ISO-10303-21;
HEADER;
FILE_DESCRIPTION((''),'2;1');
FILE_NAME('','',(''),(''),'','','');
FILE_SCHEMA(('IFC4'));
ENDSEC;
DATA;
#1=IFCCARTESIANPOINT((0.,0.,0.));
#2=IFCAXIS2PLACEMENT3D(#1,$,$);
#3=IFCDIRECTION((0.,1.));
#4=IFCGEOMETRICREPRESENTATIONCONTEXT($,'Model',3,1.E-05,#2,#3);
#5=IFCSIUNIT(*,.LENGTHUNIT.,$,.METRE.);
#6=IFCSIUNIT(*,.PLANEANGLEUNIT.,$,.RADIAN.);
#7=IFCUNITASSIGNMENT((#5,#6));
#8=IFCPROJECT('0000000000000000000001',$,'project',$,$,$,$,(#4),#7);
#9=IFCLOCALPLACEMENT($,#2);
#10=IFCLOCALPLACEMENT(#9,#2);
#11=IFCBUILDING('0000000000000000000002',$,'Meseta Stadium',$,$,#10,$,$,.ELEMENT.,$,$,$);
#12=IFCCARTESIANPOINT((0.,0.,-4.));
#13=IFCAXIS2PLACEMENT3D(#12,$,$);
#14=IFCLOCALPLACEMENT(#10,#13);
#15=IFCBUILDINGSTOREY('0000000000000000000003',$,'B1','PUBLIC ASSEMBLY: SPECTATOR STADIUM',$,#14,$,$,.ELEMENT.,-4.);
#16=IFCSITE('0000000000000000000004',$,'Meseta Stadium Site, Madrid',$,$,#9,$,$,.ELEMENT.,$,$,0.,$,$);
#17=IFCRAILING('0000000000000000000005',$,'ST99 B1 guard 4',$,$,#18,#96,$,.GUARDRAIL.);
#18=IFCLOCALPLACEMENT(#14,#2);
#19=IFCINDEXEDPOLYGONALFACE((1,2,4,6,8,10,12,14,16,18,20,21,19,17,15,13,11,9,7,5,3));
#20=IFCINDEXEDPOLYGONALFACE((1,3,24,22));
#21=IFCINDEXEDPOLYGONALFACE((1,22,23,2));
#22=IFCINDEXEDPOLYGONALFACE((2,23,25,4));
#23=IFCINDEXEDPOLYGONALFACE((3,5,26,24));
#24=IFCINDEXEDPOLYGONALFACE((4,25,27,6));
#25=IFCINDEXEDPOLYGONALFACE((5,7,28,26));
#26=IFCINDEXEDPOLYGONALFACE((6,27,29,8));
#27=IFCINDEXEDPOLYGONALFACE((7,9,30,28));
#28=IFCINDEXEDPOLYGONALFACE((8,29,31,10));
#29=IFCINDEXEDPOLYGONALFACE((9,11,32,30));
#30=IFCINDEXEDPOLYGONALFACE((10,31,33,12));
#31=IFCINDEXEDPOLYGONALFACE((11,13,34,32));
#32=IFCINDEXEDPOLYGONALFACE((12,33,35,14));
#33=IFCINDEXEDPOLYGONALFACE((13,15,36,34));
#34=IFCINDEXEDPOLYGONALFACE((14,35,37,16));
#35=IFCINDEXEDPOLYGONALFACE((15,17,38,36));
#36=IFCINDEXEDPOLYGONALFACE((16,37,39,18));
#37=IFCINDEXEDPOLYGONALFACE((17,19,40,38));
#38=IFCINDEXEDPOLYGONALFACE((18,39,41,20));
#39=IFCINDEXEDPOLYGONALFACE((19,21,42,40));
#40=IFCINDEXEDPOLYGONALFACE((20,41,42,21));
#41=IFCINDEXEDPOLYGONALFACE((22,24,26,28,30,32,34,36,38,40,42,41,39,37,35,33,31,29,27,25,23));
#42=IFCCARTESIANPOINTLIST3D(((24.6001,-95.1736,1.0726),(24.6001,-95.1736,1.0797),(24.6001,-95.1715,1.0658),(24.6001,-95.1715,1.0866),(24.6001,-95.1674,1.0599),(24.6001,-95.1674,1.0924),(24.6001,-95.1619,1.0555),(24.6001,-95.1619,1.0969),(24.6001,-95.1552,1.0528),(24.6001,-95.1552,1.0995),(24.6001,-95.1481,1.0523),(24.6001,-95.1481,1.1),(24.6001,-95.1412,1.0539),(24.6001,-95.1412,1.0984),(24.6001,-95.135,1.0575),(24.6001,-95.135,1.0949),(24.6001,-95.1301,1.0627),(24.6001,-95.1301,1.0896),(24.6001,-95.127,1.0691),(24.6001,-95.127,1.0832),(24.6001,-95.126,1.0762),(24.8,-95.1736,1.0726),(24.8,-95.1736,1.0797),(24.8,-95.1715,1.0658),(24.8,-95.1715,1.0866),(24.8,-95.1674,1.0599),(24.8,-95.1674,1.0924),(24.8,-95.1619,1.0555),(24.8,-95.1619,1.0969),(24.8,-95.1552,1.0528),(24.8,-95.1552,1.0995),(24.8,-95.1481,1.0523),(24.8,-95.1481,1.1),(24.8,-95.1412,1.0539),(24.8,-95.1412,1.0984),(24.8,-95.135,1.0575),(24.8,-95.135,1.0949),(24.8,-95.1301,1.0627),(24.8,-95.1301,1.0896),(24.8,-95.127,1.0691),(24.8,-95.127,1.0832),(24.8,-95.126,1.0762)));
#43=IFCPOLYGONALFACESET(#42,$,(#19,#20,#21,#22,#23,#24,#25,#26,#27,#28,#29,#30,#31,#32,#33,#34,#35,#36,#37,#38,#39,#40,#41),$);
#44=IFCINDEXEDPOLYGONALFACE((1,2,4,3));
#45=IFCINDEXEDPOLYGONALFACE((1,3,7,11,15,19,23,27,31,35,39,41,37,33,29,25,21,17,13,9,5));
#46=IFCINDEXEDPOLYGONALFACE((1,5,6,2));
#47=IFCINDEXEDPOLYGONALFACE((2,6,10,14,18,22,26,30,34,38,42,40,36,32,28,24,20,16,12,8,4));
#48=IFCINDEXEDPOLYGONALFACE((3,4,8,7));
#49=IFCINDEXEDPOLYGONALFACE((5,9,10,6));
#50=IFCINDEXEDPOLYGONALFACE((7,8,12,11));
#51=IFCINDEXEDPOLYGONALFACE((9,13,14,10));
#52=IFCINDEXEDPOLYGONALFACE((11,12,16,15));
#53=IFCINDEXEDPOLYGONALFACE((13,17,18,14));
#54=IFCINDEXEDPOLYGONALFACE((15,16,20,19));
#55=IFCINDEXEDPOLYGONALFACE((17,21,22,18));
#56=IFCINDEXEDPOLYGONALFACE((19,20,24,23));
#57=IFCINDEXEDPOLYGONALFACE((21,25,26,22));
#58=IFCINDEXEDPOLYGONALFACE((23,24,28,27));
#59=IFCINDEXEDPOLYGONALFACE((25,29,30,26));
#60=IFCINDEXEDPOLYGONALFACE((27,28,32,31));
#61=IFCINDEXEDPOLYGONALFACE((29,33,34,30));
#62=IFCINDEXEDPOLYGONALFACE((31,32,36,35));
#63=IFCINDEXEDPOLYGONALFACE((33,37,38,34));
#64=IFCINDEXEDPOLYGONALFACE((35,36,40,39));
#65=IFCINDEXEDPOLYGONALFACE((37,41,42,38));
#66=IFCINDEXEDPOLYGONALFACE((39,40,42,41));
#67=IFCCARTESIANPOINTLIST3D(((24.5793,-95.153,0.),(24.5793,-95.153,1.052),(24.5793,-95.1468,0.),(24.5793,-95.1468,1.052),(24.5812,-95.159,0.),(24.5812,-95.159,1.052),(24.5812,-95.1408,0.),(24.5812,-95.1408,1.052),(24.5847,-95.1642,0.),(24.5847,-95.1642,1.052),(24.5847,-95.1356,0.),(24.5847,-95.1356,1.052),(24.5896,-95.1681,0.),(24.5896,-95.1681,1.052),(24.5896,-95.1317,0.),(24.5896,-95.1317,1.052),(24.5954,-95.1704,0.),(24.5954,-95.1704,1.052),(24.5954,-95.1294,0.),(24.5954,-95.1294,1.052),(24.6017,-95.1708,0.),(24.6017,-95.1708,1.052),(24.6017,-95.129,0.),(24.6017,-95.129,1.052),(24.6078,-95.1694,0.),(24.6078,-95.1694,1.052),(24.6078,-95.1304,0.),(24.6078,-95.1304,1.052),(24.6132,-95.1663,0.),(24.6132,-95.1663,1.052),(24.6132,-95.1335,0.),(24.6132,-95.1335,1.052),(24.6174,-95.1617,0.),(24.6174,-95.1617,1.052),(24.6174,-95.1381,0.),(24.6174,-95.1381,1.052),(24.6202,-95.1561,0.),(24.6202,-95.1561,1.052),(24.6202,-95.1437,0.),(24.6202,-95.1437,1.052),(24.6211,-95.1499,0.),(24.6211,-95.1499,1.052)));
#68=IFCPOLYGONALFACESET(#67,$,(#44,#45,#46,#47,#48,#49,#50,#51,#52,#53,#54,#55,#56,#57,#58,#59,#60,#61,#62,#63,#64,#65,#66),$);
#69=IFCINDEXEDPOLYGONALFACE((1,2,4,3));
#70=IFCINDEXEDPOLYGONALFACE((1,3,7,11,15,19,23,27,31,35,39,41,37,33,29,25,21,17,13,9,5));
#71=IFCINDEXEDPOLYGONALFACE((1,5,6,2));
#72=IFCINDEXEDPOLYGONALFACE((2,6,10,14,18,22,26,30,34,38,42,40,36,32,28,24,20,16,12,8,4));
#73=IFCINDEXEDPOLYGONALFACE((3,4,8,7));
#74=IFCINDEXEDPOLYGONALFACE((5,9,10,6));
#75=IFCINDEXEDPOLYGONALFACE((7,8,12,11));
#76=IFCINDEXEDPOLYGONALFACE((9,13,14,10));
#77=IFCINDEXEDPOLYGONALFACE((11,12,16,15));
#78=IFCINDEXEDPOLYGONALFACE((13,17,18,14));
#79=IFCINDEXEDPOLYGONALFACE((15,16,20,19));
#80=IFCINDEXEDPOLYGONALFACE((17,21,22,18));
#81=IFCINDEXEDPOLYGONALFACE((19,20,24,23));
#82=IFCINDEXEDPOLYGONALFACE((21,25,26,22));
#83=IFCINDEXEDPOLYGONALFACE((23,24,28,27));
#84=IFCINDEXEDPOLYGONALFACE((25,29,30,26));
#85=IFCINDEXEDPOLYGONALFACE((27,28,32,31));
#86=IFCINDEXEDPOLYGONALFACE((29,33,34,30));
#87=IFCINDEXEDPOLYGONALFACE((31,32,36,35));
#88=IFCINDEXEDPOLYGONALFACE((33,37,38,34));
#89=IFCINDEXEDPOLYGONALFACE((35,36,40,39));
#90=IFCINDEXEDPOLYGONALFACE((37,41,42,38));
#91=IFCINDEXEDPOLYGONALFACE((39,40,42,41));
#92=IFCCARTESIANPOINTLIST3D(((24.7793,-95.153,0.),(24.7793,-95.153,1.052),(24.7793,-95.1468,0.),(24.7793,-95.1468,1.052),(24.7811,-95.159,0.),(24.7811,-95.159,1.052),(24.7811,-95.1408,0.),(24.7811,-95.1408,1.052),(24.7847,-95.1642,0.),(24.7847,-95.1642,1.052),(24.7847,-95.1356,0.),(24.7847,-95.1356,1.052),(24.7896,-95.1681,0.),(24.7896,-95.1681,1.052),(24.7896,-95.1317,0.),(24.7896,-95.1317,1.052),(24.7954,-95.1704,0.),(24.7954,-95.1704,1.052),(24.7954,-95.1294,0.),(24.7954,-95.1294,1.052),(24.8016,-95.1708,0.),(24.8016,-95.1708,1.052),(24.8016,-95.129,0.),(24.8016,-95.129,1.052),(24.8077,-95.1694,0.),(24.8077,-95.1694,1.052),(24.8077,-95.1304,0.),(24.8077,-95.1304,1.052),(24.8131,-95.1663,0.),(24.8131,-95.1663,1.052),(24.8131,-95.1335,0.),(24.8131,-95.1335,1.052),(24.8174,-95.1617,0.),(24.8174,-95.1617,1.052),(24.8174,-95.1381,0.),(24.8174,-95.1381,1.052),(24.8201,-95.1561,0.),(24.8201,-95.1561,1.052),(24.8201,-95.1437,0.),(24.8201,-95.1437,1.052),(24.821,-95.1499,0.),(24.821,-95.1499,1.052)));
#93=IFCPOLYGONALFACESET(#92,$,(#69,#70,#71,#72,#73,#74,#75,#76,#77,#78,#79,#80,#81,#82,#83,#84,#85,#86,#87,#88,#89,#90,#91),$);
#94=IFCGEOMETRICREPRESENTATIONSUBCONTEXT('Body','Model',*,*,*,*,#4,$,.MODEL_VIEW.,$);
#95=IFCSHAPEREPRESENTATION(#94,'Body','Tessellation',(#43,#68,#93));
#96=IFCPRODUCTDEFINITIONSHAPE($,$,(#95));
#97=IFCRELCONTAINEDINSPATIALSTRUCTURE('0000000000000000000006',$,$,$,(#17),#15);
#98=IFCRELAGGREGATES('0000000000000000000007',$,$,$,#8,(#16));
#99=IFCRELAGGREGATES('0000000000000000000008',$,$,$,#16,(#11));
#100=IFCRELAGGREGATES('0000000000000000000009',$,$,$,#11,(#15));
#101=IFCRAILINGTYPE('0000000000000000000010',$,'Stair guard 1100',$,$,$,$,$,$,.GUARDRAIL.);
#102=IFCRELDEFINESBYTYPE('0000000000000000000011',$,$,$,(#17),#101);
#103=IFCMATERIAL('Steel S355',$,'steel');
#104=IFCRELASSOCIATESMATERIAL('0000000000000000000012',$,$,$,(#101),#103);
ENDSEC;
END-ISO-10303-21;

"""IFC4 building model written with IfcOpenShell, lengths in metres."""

from ifc_helpers import new_model, si_unit, direction, frame, origin, origin_2d, place, context, subcontext, project, spatial, circle, extrude, material, type_object, element, save


model = new_model("IFC4")

# Units and contexts
model_context = context("Model", 3, precision=1e-05, world=origin(), true_north=direction((0.0, 1.0)))
body_context = subcontext(model_context, "Body", "Model", "MODEL_VIEW")
ifc_project = project(units=[si_unit("LENGTHUNIT", "METRE"), si_unit("PLANEANGLEUNIT", "RADIAN")], contexts=[model_context])

# Site, building, storey
site_placement = place(None, origin())
site = spatial("IfcSite", under=ifc_project, at=site_placement, Name="Meseta Stadium Site, Madrid", CompositionType="ELEMENT", RefElevation=0.0)
building_placement = place(site_placement, origin())
building = spatial("IfcBuilding", under=site, at=building_placement, Name="Meseta Stadium", CompositionType="ELEMENT")
storey_placement = place(building_placement, frame((0.0, 0.0, -4.0)))
storey = spatial("IfcBuildingStorey", under=building, at=storey_placement, Name="B1", Description="PUBLIC ASSEMBLY: SPECTATOR STADIUM", CompositionType="ELEMENT", Elevation=-4.0)

# Railing
ifc_material_1 = material(Name="Steel S355", Category="steel")
railing_type_1 = type_object("IfcRailingType", Name="Stair guard 1100", PredefinedType="GUARDRAIL", material=ifc_material_1)
railing_1_placement = place(storey_placement, frame((24.6001, -95.1499, 0.0)))
element("IfcRailing", 1, at=railing_1_placement, inside=storey, type_object=railing_type_1, Name="ST99 B1 guard 4", PredefinedType="GUARDRAIL", context=body_context, shape_type="SweptSolid", body=[
    extrude(circle(Radius=0.0239, at=origin_2d()), frame((0.0, 0.0, 1.0762), z_axis=(1.0, 0.0, 0.0), x_axis=(0.0, 1.0, 0.0)), (0.0, 0.0, 1.0), 0.2),
    extrude(circle(Radius=0.021, at=origin_2d()), origin(), (0.0, 0.0, 1.0), 1.052),
    extrude(circle(Radius=0.021, at=origin_2d()), frame((0.2, 0.0, 0.0)), (0.0, 0.0, 1.0), 1.052),
])

save(model, "model.ifc")
